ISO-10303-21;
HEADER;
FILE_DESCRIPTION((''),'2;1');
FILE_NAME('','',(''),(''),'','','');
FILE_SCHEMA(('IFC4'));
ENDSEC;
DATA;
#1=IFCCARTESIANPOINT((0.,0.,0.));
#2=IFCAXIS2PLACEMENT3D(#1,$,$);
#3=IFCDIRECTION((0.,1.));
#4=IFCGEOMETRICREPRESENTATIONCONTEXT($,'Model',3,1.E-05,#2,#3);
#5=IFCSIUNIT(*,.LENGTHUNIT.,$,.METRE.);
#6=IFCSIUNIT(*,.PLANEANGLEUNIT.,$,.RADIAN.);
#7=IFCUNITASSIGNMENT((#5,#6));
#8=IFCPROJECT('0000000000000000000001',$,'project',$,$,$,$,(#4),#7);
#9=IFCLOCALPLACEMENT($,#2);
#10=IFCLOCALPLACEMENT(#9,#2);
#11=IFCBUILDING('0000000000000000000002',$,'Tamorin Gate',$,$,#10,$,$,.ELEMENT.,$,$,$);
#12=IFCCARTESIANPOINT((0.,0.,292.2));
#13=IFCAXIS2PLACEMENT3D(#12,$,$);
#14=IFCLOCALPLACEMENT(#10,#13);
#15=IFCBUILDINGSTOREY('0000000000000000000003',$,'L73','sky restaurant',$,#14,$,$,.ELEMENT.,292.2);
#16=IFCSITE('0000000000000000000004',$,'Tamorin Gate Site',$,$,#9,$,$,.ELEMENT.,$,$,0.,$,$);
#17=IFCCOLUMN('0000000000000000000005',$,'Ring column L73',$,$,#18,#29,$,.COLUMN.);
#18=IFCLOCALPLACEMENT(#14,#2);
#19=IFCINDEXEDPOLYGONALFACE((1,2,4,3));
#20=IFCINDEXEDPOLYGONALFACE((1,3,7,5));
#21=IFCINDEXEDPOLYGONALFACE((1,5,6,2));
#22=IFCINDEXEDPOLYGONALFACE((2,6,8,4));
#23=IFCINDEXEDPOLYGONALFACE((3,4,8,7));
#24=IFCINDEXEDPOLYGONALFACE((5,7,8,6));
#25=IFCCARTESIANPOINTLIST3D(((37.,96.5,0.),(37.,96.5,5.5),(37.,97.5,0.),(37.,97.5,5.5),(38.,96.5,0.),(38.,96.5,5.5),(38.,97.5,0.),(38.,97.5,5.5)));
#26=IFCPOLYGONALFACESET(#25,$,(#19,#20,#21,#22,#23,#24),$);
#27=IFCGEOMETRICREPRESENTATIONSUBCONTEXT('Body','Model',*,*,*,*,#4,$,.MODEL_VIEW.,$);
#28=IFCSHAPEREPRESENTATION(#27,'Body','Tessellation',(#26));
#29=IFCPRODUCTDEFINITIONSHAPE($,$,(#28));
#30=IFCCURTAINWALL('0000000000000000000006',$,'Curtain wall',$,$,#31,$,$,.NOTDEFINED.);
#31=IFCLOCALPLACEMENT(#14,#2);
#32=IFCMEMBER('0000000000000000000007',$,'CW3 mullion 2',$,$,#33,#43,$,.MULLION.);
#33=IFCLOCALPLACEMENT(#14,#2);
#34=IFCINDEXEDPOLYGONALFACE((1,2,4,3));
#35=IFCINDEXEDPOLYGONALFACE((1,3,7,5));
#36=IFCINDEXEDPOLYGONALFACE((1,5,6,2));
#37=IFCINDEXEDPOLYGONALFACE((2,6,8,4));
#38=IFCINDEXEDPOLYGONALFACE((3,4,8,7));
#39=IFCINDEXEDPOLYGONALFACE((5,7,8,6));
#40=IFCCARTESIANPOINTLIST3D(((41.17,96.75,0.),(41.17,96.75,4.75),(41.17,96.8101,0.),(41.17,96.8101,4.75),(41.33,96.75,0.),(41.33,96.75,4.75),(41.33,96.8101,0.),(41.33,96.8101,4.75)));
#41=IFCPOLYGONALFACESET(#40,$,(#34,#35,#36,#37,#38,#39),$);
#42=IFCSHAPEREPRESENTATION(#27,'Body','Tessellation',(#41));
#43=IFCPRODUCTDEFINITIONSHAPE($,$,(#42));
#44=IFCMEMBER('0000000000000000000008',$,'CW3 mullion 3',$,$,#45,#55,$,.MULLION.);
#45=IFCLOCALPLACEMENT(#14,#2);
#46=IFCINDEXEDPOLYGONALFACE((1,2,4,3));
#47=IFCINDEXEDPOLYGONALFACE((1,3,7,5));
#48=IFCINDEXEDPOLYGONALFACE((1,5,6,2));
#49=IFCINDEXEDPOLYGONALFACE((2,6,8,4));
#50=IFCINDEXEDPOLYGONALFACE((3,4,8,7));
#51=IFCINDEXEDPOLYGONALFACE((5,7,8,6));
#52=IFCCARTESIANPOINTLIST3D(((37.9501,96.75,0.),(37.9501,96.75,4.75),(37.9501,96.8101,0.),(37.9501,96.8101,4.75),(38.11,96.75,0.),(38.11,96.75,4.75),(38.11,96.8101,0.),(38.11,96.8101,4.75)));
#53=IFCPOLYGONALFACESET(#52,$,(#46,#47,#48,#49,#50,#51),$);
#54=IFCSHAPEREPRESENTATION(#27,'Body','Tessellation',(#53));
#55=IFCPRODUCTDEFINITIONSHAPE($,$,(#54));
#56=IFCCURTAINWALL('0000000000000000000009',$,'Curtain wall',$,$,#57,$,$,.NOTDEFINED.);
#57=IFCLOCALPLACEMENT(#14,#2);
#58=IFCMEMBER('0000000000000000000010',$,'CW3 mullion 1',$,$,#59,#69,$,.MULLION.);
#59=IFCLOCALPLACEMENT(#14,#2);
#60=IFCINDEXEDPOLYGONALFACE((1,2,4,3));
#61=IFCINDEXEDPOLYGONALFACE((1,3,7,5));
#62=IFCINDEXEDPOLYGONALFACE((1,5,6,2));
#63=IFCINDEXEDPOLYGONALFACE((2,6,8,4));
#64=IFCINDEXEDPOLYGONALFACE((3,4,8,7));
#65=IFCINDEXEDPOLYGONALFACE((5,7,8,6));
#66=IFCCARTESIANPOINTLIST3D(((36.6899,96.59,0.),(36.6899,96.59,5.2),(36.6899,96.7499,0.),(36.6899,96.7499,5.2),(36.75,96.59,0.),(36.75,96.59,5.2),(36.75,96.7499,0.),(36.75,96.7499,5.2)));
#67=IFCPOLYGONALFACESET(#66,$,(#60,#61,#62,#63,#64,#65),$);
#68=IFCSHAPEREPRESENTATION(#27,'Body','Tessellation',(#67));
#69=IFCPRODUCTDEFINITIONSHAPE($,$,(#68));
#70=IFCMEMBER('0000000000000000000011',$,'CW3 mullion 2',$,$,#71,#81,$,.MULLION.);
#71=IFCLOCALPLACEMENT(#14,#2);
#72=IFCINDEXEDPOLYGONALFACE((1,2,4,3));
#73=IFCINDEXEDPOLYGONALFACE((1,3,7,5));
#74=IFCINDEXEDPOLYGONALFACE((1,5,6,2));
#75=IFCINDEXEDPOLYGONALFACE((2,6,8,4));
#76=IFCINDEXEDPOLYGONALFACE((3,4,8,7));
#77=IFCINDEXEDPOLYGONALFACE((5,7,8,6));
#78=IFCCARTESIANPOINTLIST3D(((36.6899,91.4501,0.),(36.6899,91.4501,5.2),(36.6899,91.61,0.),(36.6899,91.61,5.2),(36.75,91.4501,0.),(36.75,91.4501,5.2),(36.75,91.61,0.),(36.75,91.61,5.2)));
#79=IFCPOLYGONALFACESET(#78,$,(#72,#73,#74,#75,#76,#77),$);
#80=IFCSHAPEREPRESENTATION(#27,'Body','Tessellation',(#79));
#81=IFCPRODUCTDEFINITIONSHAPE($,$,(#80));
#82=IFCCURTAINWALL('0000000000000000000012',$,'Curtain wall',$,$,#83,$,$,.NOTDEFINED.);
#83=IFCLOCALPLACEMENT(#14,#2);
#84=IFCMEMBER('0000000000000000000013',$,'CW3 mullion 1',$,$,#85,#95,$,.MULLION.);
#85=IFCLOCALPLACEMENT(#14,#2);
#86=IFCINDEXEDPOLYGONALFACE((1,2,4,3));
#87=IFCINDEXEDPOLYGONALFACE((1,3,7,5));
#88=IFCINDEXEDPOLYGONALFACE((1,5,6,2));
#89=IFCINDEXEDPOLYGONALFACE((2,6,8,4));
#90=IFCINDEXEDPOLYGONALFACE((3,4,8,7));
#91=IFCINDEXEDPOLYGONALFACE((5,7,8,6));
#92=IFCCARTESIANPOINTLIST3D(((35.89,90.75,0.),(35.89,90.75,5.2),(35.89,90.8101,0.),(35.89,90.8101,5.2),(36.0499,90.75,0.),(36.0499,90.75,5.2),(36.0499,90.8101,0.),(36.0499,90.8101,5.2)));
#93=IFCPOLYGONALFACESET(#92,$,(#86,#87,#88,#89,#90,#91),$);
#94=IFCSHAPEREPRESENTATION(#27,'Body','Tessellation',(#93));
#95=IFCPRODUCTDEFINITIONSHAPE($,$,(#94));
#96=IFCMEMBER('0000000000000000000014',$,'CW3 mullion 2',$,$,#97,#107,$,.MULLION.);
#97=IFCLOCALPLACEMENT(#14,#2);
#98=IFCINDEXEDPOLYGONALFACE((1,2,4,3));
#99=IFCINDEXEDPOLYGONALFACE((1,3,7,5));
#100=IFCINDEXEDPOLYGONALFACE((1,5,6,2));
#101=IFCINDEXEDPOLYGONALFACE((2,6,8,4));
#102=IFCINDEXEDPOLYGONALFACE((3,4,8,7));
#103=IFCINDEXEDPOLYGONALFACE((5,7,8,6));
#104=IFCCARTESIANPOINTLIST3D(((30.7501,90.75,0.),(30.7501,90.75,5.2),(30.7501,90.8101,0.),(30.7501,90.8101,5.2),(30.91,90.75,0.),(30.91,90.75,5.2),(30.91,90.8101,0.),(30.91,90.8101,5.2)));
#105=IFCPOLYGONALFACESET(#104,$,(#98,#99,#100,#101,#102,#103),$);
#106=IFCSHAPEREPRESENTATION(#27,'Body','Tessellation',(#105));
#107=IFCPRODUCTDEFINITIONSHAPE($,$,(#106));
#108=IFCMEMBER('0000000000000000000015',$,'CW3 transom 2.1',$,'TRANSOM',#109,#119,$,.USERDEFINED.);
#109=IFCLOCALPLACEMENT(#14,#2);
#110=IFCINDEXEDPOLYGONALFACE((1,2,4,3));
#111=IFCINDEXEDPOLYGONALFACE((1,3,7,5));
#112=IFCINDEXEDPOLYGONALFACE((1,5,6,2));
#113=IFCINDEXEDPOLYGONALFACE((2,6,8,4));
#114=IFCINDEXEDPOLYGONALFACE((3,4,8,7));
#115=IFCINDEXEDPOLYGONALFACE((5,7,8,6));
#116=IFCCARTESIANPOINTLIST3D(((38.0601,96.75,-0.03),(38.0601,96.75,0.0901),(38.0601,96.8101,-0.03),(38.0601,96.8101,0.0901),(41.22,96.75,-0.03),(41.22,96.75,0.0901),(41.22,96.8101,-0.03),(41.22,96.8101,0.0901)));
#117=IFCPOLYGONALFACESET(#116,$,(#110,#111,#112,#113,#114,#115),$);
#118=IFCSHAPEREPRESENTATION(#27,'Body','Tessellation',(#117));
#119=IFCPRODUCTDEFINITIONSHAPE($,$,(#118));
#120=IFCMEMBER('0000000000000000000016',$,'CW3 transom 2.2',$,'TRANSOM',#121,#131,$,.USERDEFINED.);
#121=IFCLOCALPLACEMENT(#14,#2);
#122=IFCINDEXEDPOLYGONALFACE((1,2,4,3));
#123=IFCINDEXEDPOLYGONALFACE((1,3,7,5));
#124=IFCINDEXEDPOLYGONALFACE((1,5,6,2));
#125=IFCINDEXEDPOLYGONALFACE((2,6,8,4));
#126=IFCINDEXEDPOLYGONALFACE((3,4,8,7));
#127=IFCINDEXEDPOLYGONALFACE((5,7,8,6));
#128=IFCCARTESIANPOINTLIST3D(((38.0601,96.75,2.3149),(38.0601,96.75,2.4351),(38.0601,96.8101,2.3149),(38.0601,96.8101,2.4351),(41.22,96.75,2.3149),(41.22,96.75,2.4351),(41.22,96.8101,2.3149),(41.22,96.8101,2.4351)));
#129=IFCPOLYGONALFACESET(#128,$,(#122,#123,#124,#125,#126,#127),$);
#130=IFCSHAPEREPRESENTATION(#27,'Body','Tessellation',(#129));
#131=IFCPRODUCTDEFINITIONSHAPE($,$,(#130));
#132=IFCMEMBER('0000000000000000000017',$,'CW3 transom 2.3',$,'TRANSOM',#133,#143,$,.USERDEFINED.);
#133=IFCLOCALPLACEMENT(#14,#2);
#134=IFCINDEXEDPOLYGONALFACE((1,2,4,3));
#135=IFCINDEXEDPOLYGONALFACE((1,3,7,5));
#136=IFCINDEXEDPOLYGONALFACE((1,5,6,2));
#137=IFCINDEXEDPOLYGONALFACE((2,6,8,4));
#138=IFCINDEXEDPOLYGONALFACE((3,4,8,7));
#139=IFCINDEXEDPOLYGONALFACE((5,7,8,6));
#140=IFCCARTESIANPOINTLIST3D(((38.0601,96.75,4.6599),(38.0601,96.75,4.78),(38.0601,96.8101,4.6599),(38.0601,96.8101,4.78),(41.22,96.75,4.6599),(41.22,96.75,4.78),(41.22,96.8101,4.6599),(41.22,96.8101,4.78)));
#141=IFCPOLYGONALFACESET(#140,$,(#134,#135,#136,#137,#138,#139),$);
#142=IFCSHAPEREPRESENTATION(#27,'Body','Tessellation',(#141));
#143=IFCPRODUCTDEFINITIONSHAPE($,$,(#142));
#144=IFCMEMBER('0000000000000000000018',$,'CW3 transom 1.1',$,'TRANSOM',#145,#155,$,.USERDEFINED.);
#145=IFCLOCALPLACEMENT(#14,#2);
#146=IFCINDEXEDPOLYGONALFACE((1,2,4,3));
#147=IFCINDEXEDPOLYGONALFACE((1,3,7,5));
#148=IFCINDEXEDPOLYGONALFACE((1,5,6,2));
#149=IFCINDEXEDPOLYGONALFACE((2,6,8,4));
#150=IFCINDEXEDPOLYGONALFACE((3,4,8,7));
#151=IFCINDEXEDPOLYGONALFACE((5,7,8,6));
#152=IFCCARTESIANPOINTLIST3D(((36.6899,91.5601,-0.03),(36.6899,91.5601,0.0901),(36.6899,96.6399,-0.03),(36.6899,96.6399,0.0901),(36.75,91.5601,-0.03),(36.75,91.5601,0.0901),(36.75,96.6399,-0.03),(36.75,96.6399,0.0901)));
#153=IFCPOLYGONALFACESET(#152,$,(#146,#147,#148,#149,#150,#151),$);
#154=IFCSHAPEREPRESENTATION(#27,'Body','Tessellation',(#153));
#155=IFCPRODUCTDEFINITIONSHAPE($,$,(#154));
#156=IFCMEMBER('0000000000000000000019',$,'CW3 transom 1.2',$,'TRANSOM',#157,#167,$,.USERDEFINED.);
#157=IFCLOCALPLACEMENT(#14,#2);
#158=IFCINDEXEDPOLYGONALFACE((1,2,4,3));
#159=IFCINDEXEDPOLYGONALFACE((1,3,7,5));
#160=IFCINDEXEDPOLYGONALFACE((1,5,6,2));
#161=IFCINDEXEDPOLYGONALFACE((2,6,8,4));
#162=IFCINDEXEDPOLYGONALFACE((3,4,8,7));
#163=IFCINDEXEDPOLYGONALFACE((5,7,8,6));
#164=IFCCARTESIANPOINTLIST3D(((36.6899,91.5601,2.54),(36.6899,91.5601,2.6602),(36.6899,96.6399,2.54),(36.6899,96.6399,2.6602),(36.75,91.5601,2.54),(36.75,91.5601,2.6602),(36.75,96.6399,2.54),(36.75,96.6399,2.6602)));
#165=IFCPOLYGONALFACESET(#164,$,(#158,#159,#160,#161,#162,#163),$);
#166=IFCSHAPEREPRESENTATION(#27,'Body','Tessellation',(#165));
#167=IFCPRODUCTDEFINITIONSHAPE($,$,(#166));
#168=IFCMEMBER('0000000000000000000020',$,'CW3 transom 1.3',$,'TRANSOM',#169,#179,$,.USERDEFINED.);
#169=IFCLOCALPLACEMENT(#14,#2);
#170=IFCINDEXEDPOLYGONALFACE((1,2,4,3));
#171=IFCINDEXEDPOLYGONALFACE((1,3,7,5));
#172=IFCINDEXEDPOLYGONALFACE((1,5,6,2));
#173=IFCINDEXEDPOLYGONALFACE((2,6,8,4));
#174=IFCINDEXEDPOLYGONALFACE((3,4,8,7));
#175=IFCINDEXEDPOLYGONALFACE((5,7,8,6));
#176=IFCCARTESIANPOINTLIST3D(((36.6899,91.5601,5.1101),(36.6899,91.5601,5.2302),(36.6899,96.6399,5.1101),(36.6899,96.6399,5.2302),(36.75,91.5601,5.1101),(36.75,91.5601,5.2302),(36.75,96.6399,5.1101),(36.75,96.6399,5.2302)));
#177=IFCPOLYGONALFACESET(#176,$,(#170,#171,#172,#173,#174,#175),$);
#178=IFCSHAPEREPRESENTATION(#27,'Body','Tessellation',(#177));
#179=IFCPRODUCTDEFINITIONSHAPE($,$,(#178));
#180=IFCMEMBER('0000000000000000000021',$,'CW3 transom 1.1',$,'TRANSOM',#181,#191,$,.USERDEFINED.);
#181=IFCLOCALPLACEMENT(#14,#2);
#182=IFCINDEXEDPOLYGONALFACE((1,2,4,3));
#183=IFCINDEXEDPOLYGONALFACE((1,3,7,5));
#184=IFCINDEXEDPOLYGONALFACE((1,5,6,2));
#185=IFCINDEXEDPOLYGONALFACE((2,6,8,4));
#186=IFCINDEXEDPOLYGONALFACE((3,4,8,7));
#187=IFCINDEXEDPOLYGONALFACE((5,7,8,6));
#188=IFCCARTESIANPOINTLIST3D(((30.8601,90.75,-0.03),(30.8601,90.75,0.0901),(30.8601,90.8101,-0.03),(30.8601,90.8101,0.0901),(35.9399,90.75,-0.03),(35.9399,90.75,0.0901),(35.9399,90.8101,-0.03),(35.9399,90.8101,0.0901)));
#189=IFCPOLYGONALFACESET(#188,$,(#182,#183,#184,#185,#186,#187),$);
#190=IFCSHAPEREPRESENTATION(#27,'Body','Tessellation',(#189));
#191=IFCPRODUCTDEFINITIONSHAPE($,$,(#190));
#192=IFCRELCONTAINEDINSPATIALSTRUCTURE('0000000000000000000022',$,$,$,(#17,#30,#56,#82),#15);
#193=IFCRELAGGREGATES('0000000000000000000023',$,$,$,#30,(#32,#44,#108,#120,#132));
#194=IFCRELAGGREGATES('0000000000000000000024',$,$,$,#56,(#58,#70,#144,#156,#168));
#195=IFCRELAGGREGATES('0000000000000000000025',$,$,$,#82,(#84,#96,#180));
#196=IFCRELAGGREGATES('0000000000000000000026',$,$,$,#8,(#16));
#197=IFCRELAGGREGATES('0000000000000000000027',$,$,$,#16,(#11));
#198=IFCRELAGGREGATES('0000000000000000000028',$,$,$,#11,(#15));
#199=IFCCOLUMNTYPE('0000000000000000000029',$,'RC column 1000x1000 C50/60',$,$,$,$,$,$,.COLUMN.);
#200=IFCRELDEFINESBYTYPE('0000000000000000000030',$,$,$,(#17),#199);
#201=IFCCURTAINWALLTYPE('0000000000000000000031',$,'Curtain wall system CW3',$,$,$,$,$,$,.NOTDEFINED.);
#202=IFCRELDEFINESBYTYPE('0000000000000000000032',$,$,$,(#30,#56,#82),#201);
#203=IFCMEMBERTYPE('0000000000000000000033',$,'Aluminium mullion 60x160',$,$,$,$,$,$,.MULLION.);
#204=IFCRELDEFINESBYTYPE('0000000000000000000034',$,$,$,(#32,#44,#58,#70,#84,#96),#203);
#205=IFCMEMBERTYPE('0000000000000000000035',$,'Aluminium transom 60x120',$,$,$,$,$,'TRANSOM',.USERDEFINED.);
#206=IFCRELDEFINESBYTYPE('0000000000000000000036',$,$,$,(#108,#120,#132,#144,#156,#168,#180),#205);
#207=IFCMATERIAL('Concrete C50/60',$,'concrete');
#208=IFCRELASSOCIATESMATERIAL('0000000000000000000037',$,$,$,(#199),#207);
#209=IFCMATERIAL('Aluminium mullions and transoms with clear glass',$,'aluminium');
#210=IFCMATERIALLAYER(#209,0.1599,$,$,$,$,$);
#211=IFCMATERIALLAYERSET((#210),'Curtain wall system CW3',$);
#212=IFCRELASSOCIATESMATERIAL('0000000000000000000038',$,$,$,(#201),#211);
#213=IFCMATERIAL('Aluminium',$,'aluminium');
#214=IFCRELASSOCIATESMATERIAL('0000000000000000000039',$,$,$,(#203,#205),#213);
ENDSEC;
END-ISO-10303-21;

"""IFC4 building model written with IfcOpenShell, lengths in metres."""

from ifc_helpers import new_model, si_unit, direction, frame, origin, origin_2d, place, context, subcontext, project, spatial, rectangle, extrude, material, layer, layer_set, material_profile, profile_set, type_object, element, aggregate, save


model = new_model("IFC4")

# Units and contexts
model_context = context("Model", 3, precision=1e-05, world=origin(), true_north=direction((0.0, 1.0)))
body_context = subcontext(model_context, "Body", "Model", "MODEL_VIEW")
ifc_project = project(units=[si_unit("LENGTHUNIT", "METRE"), si_unit("PLANEANGLEUNIT", "RADIAN")], contexts=[model_context])

# Site, building, storey
site_placement = place(None, origin())
site = spatial("IfcSite", under=ifc_project, at=site_placement, Name="Tamorin Gate Site", CompositionType="ELEMENT", RefElevation=0.0)
building_placement = place(site_placement, origin())
building = spatial("IfcBuilding", under=site, at=building_placement, Name="Tamorin Gate", CompositionType="ELEMENT")
storey_placement = place(building_placement, frame((0.0, 0.0, 292.2)))
storey = spatial("IfcBuildingStorey", under=building, at=storey_placement, Name="L73", Description="sky restaurant", CompositionType="ELEMENT", Elevation=292.2)

# Column
ifc_material_1 = material(Name="Concrete C50/60", Category="concrete")
ifc_material_profile_1 = material_profile(ifc_material_1, rectangle(XDim=1.0, YDim=1.0, at=origin_2d()), Name="RC 1000x1000")
ifc_profile_set_1 = profile_set([ifc_material_profile_1], Name="Concrete C50/60")
column_type = type_object("IfcColumnType", Name="RC column 1000x1000 C50/60", PredefinedType="COLUMN", material=ifc_profile_set_1)
column_placement = place(storey_placement, frame((37.5, 97.0, 0.0), z_axis=(0.0, 0.0, 1.0), x_axis=(1.0, 0.0, 0.0)))
element("IfcColumn", 1, at=column_placement, inside=storey, type_object=column_type, Name="Ring column L73", PredefinedType="COLUMN", context=body_context, shape_type="SweptSolid", body=[
    extrude(rectangle(XDim=1.0, YDim=1.0, at=origin_2d()), origin(), (0.0, 0.0, 1.0), 5.5),
])

# Curtain walls, members
ifc_material_2 = material(Name="Aluminium mullions and transoms with clear glass", Category="aluminium")
ifc_layer_1 = layer(ifc_material_2, 0.1599)
ifc_layer_set_1 = layer_set([ifc_layer_1], Name="Curtain wall system CW3")
curtain_wall_type = type_object("IfcCurtainWallType", Name="Curtain wall system CW3", PredefinedType="NOTDEFINED", material=ifc_layer_set_1)
curtain_wall_1_placement = place(storey_placement, origin())
curtain_wall_1 = element("IfcCurtainWall", 2, at=curtain_wall_1_placement, inside=storey, type_object=curtain_wall_type, Name="Curtain wall", PredefinedType="NOTDEFINED")
ifc_material_3 = material(Name="Aluminium", Category="aluminium")
ifc_material_profile_2 = material_profile(ifc_material_3, rectangle(XDim=0.0601, YDim=0.1599, at=origin_2d()), Name="RECT 60x160")
ifc_profile_set_2 = profile_set([ifc_material_profile_2], Name="Aluminium")
member_type_1 = type_object("IfcMemberType", Name="Aluminium mullion 60x160", PredefinedType="MULLION", material=ifc_profile_set_2)
member_1_placement = place(storey_placement, frame((41.25, 96.78, 0.0), z_axis=(0.0, 0.0, 1.0), x_axis=(0.0, -1.0, 0.0)))
member_1 = element("IfcMember", 3, at=member_1_placement, type_object=member_type_1, Name="CW3 mullion 2", PredefinedType="MULLION", context=body_context, shape_type="SweptSolid", body=[
    extrude(rectangle(XDim=0.0601, YDim=0.1599, at=origin_2d()), origin(), (0.0, 0.0, 1.0), 4.75),
])
member_2_placement = place(storey_placement, frame((38.03, 96.78, 0.0), z_axis=(0.0, 0.0, 1.0), x_axis=(0.0, -1.0, 0.0)))
member_2 = element("IfcMember", 4, at=member_2_placement, type_object=member_type_1, Name="CW3 mullion 3", PredefinedType="MULLION", context=body_context, shape_type="SweptSolid", body=[
    extrude(rectangle(XDim=0.0601, YDim=0.1599, at=origin_2d()), origin(), (0.0, 0.0, 1.0), 4.75),
])
curtain_wall_2_placement = place(storey_placement, origin())
curtain_wall_2 = element("IfcCurtainWall", 5, at=curtain_wall_2_placement, inside=storey, type_object=curtain_wall_type, Name="Curtain wall", PredefinedType="NOTDEFINED")
member_3_placement = place(storey_placement, frame((36.72, 96.6699, 0.0), z_axis=(0.0, 0.0, 1.0), x_axis=(1.0, 0.0, 0.0)))
member_3 = element("IfcMember", 6, at=member_3_placement, type_object=member_type_1, Name="CW3 mullion 1", PredefinedType="MULLION", context=body_context, shape_type="SweptSolid", body=[
    extrude(rectangle(XDim=0.0601, YDim=0.1599, at=origin_2d()), origin(), (0.0, 0.0, 1.0), 5.2),
])
member_4_placement = place(storey_placement, frame((36.72, 91.53, 0.0), z_axis=(0.0, 0.0, 1.0), x_axis=(1.0, 0.0, 0.0)))
member_4 = element("IfcMember", 7, at=member_4_placement, type_object=member_type_1, Name="CW3 mullion 2", PredefinedType="MULLION", context=body_context, shape_type="SweptSolid", body=[
    extrude(rectangle(XDim=0.0601, YDim=0.1599, at=origin_2d()), origin(), (0.0, 0.0, 1.0), 5.2),
])
curtain_wall_3_placement = place(storey_placement, origin())
curtain_wall_3 = element("IfcCurtainWall", 8, at=curtain_wall_3_placement, inside=storey, type_object=curtain_wall_type, Name="Curtain wall", PredefinedType="NOTDEFINED")
member_5_placement = place(storey_placement, frame((35.97, 90.78, 0.0), z_axis=(0.0, 0.0, 1.0), x_axis=(0.0, -1.0, 0.0)))
member_5 = element("IfcMember", 9, at=member_5_placement, type_object=member_type_1, Name="CW3 mullion 1", PredefinedType="MULLION", context=body_context, shape_type="SweptSolid", body=[
    extrude(rectangle(XDim=0.0601, YDim=0.1599, at=origin_2d()), origin(), (0.0, 0.0, 1.0), 5.2),
])
member_6_placement = place(storey_placement, frame((30.8301, 90.78, 0.0), z_axis=(0.0, 0.0, 1.0), x_axis=(0.0, -1.0, 0.0)))
member_6 = element("IfcMember", 10, at=member_6_placement, type_object=member_type_1, Name="CW3 mullion 2", PredefinedType="MULLION", context=body_context, shape_type="SweptSolid", body=[
    extrude(rectangle(XDim=0.0601, YDim=0.1599, at=origin_2d()), origin(), (0.0, 0.0, 1.0), 5.2),
])

# Members
ifc_material_profile_3 = material_profile(ifc_material_3, rectangle(XDim=0.0601, YDim=0.1201, at=origin_2d()), Name="RECT 60x120")
ifc_profile_set_3 = profile_set([ifc_material_profile_3], Name="Aluminium")
member_type_2 = type_object("IfcMemberType", Name="Aluminium transom 60x120", ElementType="TRANSOM", PredefinedType="USERDEFINED", material=ifc_profile_set_3)
member_7_placement = place(storey_placement, frame((41.22, 96.78, 0.03), z_axis=(-1.0, 0.0, 0.0), x_axis=(0.0, -1.0, 0.0)))
member_7 = element("IfcMember", 11, at=member_7_placement, type_object=member_type_2, Name="CW3 transom 2.1", ObjectType="TRANSOM", PredefinedType="USERDEFINED", context=body_context, shape_type="SweptSolid", body=[
    extrude(rectangle(XDim=0.0601, YDim=0.1201, at=origin_2d()), origin(), (0.0, 0.0, 1.0), 3.1599),
])
member_8_placement = place(storey_placement, frame((41.22, 96.78, 2.375), z_axis=(-1.0, 0.0, 0.0), x_axis=(0.0, -1.0, 0.0)))
member_8 = element("IfcMember", 12, at=member_8_placement, type_object=member_type_2, Name="CW3 transom 2.2", ObjectType="TRANSOM", PredefinedType="USERDEFINED", context=body_context, shape_type="SweptSolid", body=[
    extrude(rectangle(XDim=0.0601, YDim=0.1201, at=origin_2d()), origin(), (0.0, 0.0, 1.0), 3.1599),
])
member_9_placement = place(storey_placement, frame((41.22, 96.78, 4.72), z_axis=(-1.0, 0.0, 0.0), x_axis=(0.0, -1.0, 0.0)))
member_9 = element("IfcMember", 13, at=member_9_placement, type_object=member_type_2, Name="CW3 transom 2.3", ObjectType="TRANSOM", PredefinedType="USERDEFINED", context=body_context, shape_type="SweptSolid", body=[
    extrude(rectangle(XDim=0.0601, YDim=0.1201, at=origin_2d()), origin(), (0.0, 0.0, 1.0), 3.1599),
])
member_10_placement = place(storey_placement, frame((36.72, 96.6399, 0.03), z_axis=(0.0, -1.0, 0.0), x_axis=(1.0, 0.0, 0.0)))
member_10 = element("IfcMember", 14, at=member_10_placement, type_object=member_type_2, Name="CW3 transom 1.1", ObjectType="TRANSOM", PredefinedType="USERDEFINED", context=body_context, shape_type="SweptSolid", body=[
    extrude(rectangle(XDim=0.0601, YDim=0.1201, at=origin_2d()), origin(), (0.0, 0.0, 1.0), 5.0798),
])
member_11_placement = place(storey_placement, frame((36.72, 96.6399, 2.6001), z_axis=(0.0, -1.0, 0.0), x_axis=(1.0, 0.0, 0.0)))
member_11 = element("IfcMember", 15, at=member_11_placement, type_object=member_type_2, Name="CW3 transom 1.2", ObjectType="TRANSOM", PredefinedType="USERDEFINED", context=body_context, shape_type="SweptSolid", body=[
    extrude(rectangle(XDim=0.0601, YDim=0.1201, at=origin_2d()), origin(), (0.0, 0.0, 1.0), 5.0798),
])
member_12_placement = place(storey_placement, frame((36.72, 96.6399, 5.1702), z_axis=(0.0, -1.0, 0.0), x_axis=(1.0, 0.0, 0.0)))
member_12 = element("IfcMember", 16, at=member_12_placement, type_object=member_type_2, Name="CW3 transom 1.3", ObjectType="TRANSOM", PredefinedType="USERDEFINED", context=body_context, shape_type="SweptSolid", body=[
    extrude(rectangle(XDim=0.0601, YDim=0.1201, at=origin_2d()), origin(), (0.0, 0.0, 1.0), 5.0798),
])
member_13_placement = place(storey_placement, frame((35.9399, 90.78, 0.03), z_axis=(-1.0, 0.0, 0.0), x_axis=(0.0, -1.0, 0.0)))
member_13 = element("IfcMember", 17, at=member_13_placement, type_object=member_type_2, Name="CW3 transom 1.1", ObjectType="TRANSOM", PredefinedType="USERDEFINED", context=body_context, shape_type="SweptSolid", body=[
    extrude(rectangle(XDim=0.0601, YDim=0.1201, at=origin_2d()), origin(), (0.0, 0.0, 1.0), 5.0798),
])

aggregate(curtain_wall_1, [member_1, member_2, member_7, member_8, member_9])
aggregate(curtain_wall_2, [member_3, member_4, member_10, member_11, member_12])
aggregate(curtain_wall_3, [member_5, member_6, member_13])

save(model, "model.ifc")
